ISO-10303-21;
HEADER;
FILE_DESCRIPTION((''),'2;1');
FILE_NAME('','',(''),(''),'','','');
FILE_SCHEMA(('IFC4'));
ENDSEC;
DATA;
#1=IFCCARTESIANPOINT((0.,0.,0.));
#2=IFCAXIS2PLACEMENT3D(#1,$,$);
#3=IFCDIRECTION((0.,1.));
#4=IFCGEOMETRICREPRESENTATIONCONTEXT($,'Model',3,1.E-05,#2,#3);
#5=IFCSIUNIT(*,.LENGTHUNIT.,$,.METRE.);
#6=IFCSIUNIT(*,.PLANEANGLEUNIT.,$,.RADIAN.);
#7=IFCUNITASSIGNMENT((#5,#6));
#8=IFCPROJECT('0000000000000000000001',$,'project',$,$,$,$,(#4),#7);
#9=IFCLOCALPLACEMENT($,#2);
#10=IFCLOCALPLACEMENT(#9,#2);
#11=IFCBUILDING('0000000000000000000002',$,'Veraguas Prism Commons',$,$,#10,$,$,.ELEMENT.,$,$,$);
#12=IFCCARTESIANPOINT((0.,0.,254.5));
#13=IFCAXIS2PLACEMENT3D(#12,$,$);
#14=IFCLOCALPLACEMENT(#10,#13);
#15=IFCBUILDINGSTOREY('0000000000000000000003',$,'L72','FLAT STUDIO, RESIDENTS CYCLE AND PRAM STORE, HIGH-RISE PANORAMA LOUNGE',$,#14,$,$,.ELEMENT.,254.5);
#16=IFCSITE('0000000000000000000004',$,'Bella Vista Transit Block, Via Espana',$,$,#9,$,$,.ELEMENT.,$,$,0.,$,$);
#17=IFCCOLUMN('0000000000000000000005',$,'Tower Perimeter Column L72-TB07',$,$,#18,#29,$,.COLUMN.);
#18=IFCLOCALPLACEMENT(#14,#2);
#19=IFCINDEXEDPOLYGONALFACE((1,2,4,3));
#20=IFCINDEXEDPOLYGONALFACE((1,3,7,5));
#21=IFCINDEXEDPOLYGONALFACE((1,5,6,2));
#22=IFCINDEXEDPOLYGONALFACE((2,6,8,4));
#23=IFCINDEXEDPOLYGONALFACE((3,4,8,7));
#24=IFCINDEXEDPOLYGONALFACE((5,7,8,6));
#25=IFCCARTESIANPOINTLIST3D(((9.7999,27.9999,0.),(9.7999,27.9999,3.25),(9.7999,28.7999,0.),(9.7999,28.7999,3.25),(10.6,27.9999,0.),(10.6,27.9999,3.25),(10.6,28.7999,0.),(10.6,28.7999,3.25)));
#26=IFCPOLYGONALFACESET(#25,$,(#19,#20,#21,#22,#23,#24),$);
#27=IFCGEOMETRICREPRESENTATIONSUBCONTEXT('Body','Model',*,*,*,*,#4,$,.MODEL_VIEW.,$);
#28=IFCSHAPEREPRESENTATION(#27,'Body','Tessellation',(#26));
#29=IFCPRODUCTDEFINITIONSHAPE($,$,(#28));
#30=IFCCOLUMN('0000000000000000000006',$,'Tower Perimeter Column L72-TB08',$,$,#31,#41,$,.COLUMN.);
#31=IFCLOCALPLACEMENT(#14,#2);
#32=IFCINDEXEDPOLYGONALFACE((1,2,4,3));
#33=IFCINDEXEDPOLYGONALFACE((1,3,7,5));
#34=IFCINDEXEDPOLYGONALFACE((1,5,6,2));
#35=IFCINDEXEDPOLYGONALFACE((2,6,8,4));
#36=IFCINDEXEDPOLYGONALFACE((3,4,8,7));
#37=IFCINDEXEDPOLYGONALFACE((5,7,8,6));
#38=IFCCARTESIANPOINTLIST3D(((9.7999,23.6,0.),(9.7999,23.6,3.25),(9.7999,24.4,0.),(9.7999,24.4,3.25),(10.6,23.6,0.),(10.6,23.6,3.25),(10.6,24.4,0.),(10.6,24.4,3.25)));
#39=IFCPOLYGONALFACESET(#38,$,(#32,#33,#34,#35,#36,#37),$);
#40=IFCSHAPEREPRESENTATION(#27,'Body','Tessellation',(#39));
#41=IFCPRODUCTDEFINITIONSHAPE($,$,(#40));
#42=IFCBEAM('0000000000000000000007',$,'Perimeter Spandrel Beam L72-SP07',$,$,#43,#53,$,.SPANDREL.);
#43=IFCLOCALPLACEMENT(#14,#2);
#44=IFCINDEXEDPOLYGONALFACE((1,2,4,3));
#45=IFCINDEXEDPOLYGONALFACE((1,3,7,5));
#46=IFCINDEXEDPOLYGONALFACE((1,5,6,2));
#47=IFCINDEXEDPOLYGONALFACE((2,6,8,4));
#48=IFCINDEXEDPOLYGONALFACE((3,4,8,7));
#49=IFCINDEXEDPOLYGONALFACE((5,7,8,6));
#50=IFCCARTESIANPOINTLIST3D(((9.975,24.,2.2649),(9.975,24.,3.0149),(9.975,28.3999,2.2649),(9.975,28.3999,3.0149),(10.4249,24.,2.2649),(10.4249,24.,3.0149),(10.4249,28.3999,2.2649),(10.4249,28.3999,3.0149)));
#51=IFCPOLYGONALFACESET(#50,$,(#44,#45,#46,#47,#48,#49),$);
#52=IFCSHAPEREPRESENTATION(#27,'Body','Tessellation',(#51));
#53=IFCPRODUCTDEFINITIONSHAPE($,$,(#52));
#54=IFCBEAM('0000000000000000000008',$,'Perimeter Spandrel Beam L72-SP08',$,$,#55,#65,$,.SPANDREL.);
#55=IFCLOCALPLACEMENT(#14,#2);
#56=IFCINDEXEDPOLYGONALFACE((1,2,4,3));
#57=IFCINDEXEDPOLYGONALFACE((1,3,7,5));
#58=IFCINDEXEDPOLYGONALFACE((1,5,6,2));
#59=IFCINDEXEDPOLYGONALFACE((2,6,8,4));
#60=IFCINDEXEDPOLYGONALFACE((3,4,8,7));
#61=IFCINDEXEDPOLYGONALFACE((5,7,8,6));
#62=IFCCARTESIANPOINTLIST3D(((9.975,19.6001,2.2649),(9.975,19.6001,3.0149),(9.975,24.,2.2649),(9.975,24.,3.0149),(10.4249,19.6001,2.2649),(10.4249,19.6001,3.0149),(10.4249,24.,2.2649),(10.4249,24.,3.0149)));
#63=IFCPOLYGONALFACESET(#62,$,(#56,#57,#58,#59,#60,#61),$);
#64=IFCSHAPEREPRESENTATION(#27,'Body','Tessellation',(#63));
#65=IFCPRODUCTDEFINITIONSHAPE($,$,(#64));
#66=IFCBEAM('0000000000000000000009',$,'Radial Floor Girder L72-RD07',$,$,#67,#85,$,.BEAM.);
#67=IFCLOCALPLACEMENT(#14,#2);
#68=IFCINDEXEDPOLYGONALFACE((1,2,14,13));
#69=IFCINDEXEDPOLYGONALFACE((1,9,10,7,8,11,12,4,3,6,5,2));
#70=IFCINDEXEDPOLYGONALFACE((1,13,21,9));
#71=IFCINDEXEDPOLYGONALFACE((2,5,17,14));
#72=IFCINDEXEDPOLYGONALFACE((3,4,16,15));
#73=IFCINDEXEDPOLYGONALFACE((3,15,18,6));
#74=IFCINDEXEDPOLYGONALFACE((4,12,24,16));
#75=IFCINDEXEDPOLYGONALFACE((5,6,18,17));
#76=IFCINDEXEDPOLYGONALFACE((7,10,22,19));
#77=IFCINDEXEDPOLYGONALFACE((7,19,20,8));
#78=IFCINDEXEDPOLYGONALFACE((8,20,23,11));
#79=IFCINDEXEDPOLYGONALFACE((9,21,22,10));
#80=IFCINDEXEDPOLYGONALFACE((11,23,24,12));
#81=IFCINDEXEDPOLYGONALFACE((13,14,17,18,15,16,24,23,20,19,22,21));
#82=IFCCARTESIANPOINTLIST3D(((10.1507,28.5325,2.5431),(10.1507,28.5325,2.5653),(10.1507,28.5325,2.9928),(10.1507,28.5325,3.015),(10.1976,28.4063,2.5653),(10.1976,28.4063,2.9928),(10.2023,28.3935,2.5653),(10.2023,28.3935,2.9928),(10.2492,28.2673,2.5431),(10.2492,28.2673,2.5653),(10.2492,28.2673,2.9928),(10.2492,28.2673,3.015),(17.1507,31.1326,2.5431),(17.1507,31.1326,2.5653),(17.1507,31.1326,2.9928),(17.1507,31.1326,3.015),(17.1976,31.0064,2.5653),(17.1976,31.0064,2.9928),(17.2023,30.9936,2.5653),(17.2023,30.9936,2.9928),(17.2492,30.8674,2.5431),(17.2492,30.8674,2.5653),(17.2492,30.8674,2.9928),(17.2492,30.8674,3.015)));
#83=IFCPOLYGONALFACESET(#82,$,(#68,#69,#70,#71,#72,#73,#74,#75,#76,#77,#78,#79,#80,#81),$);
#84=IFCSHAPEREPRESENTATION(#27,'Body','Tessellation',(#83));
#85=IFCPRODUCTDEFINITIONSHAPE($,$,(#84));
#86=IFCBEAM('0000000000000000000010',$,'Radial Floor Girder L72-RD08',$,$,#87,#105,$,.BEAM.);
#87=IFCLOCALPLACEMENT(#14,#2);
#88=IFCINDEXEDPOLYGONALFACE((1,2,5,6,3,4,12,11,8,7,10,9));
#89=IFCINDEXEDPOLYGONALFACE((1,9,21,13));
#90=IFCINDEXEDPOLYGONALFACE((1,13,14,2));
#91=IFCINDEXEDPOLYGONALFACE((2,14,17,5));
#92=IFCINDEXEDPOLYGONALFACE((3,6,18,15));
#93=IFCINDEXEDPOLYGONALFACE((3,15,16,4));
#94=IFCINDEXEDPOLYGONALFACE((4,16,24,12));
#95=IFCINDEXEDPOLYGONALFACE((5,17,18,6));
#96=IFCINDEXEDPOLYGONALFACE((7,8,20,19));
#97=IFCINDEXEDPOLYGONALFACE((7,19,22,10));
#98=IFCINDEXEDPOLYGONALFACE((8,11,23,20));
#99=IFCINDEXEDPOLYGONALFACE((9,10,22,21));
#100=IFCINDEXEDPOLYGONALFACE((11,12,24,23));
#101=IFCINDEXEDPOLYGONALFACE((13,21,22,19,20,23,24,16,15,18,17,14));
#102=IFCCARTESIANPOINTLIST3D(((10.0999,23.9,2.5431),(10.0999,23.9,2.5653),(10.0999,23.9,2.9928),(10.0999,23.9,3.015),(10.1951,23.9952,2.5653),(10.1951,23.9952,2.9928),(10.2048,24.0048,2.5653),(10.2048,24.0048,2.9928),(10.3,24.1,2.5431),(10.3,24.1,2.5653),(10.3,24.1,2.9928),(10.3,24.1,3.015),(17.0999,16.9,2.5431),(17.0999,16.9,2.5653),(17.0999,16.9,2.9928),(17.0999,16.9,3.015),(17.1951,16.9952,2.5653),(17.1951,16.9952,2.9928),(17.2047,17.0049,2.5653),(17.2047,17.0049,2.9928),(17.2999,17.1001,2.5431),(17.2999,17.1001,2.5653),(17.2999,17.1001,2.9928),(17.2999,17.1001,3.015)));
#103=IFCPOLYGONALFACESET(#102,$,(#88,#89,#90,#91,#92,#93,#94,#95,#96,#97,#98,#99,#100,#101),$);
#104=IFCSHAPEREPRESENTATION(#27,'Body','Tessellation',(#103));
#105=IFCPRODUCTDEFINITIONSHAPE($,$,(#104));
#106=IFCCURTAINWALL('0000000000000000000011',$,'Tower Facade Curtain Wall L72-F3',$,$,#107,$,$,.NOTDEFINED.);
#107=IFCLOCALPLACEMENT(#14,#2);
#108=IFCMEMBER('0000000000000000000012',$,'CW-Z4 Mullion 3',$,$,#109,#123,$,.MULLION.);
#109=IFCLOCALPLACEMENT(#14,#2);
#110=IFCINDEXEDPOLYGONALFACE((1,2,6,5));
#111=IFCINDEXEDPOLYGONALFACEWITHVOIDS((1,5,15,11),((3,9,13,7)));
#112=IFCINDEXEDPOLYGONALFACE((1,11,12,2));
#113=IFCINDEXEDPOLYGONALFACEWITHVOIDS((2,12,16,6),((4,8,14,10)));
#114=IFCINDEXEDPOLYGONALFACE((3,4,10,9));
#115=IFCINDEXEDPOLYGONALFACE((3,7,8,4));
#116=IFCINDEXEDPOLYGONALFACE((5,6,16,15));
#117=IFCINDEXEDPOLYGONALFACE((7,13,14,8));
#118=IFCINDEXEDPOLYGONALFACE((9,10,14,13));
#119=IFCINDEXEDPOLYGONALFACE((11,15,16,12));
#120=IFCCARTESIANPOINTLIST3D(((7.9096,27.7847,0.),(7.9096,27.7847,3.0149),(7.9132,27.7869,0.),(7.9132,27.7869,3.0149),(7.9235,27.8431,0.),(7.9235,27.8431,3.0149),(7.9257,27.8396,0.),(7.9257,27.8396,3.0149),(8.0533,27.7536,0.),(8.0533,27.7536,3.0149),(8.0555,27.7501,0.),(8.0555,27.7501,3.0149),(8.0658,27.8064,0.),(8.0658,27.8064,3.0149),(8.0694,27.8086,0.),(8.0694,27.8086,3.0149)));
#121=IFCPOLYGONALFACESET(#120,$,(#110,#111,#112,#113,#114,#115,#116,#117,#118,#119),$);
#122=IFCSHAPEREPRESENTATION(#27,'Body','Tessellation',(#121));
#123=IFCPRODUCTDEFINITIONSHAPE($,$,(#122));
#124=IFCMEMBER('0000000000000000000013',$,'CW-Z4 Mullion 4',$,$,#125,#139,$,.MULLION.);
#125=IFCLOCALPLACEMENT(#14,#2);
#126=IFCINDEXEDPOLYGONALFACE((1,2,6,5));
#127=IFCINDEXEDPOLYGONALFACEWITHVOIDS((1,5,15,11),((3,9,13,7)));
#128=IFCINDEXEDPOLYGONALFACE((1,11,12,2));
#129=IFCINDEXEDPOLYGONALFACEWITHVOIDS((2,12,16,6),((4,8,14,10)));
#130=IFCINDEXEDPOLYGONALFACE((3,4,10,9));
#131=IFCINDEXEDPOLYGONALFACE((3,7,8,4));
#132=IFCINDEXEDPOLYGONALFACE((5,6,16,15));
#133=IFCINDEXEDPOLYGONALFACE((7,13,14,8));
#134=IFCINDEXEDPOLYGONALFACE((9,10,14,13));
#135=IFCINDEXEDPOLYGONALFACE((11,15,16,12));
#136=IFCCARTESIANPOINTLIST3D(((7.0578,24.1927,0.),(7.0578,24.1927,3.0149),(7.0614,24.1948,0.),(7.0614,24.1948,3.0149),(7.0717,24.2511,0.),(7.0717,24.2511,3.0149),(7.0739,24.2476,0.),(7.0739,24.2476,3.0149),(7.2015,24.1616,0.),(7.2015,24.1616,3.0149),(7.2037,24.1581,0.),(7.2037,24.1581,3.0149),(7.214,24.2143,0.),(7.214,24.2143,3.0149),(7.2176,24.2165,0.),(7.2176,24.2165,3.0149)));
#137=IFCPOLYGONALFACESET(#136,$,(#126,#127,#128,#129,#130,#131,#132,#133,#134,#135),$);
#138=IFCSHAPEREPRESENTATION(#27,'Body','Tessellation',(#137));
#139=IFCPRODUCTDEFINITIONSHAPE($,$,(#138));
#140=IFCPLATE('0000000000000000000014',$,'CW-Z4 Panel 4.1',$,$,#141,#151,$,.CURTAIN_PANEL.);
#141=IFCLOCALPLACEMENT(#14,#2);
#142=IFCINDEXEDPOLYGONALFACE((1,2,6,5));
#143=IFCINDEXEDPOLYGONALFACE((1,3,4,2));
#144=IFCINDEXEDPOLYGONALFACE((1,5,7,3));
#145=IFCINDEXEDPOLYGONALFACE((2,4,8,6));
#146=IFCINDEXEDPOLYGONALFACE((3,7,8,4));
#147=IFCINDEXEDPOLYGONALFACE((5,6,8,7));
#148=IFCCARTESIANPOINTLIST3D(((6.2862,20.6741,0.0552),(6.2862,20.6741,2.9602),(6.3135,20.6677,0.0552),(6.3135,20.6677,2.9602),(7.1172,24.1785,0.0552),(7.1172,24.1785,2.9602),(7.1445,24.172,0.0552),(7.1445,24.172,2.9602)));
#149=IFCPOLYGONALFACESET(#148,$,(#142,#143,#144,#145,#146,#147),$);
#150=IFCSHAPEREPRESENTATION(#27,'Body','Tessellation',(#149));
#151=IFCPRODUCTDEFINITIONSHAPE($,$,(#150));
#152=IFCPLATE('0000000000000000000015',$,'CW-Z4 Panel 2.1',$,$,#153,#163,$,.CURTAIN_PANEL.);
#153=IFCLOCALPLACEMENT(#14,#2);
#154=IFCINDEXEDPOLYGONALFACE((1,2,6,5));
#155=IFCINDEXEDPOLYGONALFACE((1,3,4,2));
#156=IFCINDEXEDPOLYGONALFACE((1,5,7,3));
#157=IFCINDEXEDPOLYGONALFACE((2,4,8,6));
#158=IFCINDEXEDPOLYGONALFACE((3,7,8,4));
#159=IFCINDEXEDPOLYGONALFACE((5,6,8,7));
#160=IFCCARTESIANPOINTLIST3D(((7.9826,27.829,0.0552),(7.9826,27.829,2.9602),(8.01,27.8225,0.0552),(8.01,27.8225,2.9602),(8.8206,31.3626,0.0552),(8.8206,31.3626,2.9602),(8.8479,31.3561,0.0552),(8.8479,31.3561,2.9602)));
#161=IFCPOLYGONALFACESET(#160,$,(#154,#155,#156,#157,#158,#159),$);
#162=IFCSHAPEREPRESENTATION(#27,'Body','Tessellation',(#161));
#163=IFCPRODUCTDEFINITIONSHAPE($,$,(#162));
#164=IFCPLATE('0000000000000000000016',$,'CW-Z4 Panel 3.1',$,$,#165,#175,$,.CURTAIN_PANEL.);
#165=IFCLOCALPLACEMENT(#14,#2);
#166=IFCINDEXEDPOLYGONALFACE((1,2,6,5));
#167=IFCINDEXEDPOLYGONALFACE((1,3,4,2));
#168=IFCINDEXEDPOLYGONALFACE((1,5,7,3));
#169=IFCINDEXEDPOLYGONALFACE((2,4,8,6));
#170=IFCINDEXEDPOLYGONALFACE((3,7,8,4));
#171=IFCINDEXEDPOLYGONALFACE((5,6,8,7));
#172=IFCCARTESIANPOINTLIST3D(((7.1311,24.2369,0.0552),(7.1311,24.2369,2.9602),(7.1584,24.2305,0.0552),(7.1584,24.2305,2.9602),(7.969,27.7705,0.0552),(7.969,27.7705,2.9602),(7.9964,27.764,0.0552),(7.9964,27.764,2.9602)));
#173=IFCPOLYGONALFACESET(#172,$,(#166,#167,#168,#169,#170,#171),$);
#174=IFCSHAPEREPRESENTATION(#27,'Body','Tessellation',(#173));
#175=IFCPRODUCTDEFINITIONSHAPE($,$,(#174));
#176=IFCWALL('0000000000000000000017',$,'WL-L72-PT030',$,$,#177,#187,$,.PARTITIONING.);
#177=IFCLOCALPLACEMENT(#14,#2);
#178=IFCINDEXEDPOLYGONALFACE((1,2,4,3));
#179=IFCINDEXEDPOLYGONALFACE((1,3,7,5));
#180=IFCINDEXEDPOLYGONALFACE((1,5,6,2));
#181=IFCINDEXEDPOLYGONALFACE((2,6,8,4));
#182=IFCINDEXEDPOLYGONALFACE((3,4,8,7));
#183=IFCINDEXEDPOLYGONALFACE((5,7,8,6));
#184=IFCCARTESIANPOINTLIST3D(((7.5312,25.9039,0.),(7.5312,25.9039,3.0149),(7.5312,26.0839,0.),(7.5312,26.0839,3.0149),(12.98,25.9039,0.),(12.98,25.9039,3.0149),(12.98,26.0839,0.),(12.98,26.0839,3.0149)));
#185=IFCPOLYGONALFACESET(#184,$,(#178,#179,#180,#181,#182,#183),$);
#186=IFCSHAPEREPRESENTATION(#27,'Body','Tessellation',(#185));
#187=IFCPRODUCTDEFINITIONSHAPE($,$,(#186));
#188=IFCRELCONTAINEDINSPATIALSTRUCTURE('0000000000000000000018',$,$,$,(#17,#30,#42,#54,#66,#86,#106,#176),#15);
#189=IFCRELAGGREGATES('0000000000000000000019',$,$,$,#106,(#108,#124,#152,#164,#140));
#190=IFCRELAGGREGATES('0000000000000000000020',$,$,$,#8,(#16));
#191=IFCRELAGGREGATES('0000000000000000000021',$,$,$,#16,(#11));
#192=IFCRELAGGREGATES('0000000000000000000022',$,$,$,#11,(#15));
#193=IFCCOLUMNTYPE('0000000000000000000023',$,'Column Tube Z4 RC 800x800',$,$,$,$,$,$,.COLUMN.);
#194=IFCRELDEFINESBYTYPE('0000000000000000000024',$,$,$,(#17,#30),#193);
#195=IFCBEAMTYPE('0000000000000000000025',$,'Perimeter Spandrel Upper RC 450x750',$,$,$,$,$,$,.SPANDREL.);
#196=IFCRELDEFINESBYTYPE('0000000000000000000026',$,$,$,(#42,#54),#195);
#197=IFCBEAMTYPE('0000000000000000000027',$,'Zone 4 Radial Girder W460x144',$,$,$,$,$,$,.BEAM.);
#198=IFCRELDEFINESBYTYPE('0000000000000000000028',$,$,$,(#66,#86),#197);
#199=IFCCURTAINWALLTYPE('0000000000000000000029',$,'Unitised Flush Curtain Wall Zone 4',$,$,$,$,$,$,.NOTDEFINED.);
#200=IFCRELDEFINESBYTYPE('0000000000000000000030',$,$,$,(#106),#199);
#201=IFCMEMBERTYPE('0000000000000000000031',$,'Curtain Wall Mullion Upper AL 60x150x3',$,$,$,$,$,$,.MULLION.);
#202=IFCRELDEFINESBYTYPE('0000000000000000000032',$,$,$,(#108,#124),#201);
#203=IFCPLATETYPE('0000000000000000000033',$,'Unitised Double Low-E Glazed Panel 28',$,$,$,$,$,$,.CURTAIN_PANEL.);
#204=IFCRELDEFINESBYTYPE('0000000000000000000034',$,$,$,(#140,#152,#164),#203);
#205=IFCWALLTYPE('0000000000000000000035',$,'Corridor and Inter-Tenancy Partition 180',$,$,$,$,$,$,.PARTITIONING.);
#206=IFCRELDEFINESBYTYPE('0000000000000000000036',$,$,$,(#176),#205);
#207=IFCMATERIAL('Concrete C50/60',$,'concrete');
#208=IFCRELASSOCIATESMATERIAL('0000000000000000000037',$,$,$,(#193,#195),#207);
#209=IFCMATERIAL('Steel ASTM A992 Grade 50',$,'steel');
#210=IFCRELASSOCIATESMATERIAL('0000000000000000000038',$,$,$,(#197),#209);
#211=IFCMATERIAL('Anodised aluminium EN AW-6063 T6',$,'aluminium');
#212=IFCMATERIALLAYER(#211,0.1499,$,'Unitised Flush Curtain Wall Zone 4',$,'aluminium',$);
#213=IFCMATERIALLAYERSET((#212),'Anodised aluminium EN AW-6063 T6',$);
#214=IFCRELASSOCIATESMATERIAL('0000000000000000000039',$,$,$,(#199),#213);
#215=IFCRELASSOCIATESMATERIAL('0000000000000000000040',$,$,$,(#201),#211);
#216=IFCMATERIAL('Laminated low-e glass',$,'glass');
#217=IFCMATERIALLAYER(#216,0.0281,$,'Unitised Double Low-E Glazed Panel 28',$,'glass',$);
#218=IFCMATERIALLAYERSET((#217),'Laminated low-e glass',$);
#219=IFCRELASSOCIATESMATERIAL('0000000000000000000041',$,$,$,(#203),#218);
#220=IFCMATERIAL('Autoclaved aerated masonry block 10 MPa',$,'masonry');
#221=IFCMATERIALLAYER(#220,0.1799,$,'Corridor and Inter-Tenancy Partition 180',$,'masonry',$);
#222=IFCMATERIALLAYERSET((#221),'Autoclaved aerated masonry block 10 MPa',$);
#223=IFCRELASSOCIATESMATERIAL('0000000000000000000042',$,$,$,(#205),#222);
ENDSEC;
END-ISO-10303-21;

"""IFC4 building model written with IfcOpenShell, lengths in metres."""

from ifc_helpers import new_model, si_unit, direction, frame, frame_2d, origin, origin_2d, place, context, subcontext, project, spatial, rectangle, hollow_rectangle, i_section, extrude, source, transform, mapped, material, layer, layer_set, material_profile, profile_set, type_object, element, aggregate, save


model = new_model("IFC4")

# Units and contexts
model_context = context("Model", 3, precision=1e-05, world=origin(), true_north=direction((0.0, 1.0)))
body_context = subcontext(model_context, "Body", "Model", "MODEL_VIEW")
ifc_project = project(units=[si_unit("LENGTHUNIT", "METRE"), si_unit("PLANEANGLEUNIT", "RADIAN")], contexts=[model_context])

# Site, building, storey
site_placement = place(None, origin())
site = spatial("IfcSite", under=ifc_project, at=site_placement, Name="Bella Vista Transit Block, Via Espana", CompositionType="ELEMENT", RefElevation=0.0)
building_placement = place(site_placement, origin())
building = spatial("IfcBuilding", under=site, at=building_placement, Name="Veraguas Prism Commons", CompositionType="ELEMENT")
storey_placement = place(building_placement, frame((0.0, 0.0, 254.5)))
storey = spatial("IfcBuildingStorey", under=building, at=storey_placement, Name="L72", Description="FLAT STUDIO, RESIDENTS CYCLE AND PRAM STORE, HIGH-RISE PANORAMA LOUNGE", CompositionType="ELEMENT", Elevation=254.5)

# Columns
ifc_material_1 = material(Name="Concrete C50/60", Category="concrete")
ifc_material_profile_1 = material_profile(ifc_material_1, rectangle(XDim=0.8, YDim=0.8, at=origin_2d()), Name="RC800X800")
ifc_profile_set_1 = profile_set([ifc_material_profile_1], Name="Concrete C50/60")
column_type = type_object("IfcColumnType", Name="Column Tube Z4 RC 800x800", PredefinedType="COLUMN", material=ifc_profile_set_1)
for number, where, z_axis, x_axis, name in (
    (1, (10.2, 28.3999, 0.0), (0.0, 0.0, 1.0), (1.0, 0.0, 0.0), "Tower Perimeter Column L72-TB07"),
    (2, (10.2, 24.0, 0.0), (0.0, 0.0, 1.0), (1.0, 0.0, 0.0), "Tower Perimeter Column L72-TB08"),
):
    element("IfcColumn", number, at=place(storey_placement, frame(where, z_axis=z_axis, x_axis=x_axis)), inside=storey, type_object=column_type, Name=name, PredefinedType="COLUMN", context=body_context, shape_type="SweptSolid", body=[
        extrude(rectangle(XDim=0.8, YDim=0.8, at=origin_2d()), origin(), (0.0, 0.0, 1.0), 3.25),
    ])

# Beams
ifc_material_profile_2 = material_profile(ifc_material_1, rectangle(XDim=0.45, YDim=0.75, at=origin_2d()), Name="RC450X750")
ifc_profile_set_2 = profile_set([ifc_material_profile_2], Name="Concrete C50/60")
beam_type_1 = type_object("IfcBeamType", Name="Perimeter Spandrel Upper RC 450x750", PredefinedType="SPANDREL", material=ifc_profile_set_2)
for number, where, z_axis, x_axis, name in (
    (3, (10.2, 28.3999, 2.6399), (0.0, -1.0, 0.0), (1.0, 0.0, 0.0), "Perimeter Spandrel Beam L72-SP07"),
    (4, (10.2, 24.0, 2.6399), (0.0, -1.0, 0.0), (1.0, 0.0, 0.0), "Perimeter Spandrel Beam L72-SP08"),
):
    element("IfcBeam", number, at=place(storey_placement, frame(where, z_axis=z_axis, x_axis=x_axis)), inside=storey, type_object=beam_type_1, Name=name, PredefinedType="SPANDREL", context=body_context, shape_type="SweptSolid", body=[
        extrude(rectangle(XDim=0.45, YDim=0.75, at=origin_2d()), origin(), (0.0, 0.0, 1.0), 4.3999),
    ])
ifc_material_2 = material(Name="Steel ASTM A992 Grade 50", Category="steel")
ifc_material_profile_3 = material_profile(ifc_material_2, i_section(OverallWidth=0.283, OverallDepth=0.4719, WebThickness=0.0137, FlangeThickness=0.0222, at=origin_2d()), Name="W460X144")
ifc_profile_set_3 = profile_set([ifc_material_profile_3], Name="Steel ASTM A992 Grade 50")
beam_type_2 = type_object("IfcBeamType", Name="Zone 4 Radial Girder W460x144", PredefinedType="BEAM", material=ifc_profile_set_3)
beam_1_placement = place(storey_placement, frame((10.2, 28.3999, 2.7791), z_axis=(0.937421, 0.348198, 0.0), x_axis=(-0.348198, 0.937421, 0.0)))
element("IfcBeam", 5, at=beam_1_placement, inside=storey, type_object=beam_type_2, Name="Radial Floor Girder L72-RD07", PredefinedType="BEAM", context=body_context, shape_type="SweptSolid", body=[
    extrude(i_section(OverallWidth=0.283, OverallDepth=0.4719, WebThickness=0.0137, FlangeThickness=0.0222, at=origin_2d()), origin(), (0.0, 0.0, 1.0), 7.4673),
])
beam_2_placement = place(storey_placement, frame((10.2, 24.0, 2.7791), z_axis=(0.707107, -0.707107, 0.0), x_axis=(0.707107, 0.707107, 0.0)))
element("IfcBeam", 6, at=beam_2_placement, inside=storey, type_object=beam_type_2, Name="Radial Floor Girder L72-RD08", PredefinedType="BEAM", context=body_context, shape_type="SweptSolid", body=[
    extrude(i_section(OverallWidth=0.283, OverallDepth=0.4719, WebThickness=0.0137, FlangeThickness=0.0222, at=origin_2d()), origin(), (0.0, 0.0, 1.0), 9.8994),
])

# Curtain wall, members, plates
ifc_material_3 = material(Name="Anodised aluminium EN AW-6063 T6", Category="aluminium")
ifc_layer_1 = layer(ifc_material_3, 0.1499, Name="Unitised Flush Curtain Wall Zone 4", Category="aluminium")
ifc_layer_set_1 = layer_set([ifc_layer_1], Name="Anodised aluminium EN AW-6063 T6")
curtain_wall_type = type_object("IfcCurtainWallType", Name="Unitised Flush Curtain Wall Zone 4", PredefinedType="NOTDEFINED", material=ifc_layer_set_1)
curtain_wall_placement = place(storey_placement, origin())
curtain_wall = element("IfcCurtainWall", 7, at=curtain_wall_placement, inside=storey, type_object=curtain_wall_type, Name="Tower Facade Curtain Wall L72-F3", PredefinedType="NOTDEFINED")
ifc_material_profile_4 = material_profile(ifc_material_3, hollow_rectangle(XDim=0.0601, YDim=0.1499, WallThickness=0.0029, at=origin_2d()), Name="AL60X150X3")
ifc_profile_set_4 = profile_set([ifc_material_profile_4], Name="Anodised aluminium EN AW-6063 T6")
member_type = type_object("IfcMemberType", Name="Curtain Wall Mullion Upper AL 60x150x3", PredefinedType="MULLION", material=ifc_profile_set_4)
shared_shape_1 = source(origin(), body_context, "Body", "SweptSolid", [
    extrude(hollow_rectangle(XDim=0.0601, YDim=0.1499, WallThickness=0.0029, at=origin_2d()), origin(), (0.0, 0.0, 1.0), 3.0149),
])
member_1_placement = place(storey_placement, frame((7.9895, 27.7966, 0.0), z_axis=(0.0, 0.0, 1.0), x_axis=(-0.230741, -0.973015, 0.0)))
member_1 = element("IfcMember", 8, at=member_1_placement, type_object=member_type, Name="CW-Z4 Mullion 3", PredefinedType="MULLION", context=body_context, shape_type="MappedRepresentation", body=[
    mapped(shared_shape_1, transform((0.0, 0.0, 0.0), scale=1.0)),
])
member_2_placement = place(storey_placement, frame((7.1377, 24.2046, 0.0), z_axis=(0.0, 0.0, 1.0), x_axis=(-0.230741, -0.973015, 0.0)))
member_2 = element("IfcMember", 9, at=member_2_placement, type_object=member_type, Name="CW-Z4 Mullion 4", PredefinedType="MULLION", context=body_context, shape_type="MappedRepresentation", body=[
    mapped(shared_shape_1, transform((0.0, 0.0, 0.0), scale=1.0)),
])
ifc_material_4 = material(Name="Laminated low-e glass", Category="glass")
ifc_layer_2 = layer(ifc_material_4, 0.0281, Name="Unitised Double Low-E Glazed Panel 28", Category="glass")
ifc_layer_set_2 = layer_set([ifc_layer_2], Name="Laminated low-e glass")
plate_type = type_object("IfcPlateType", Name="Unitised Double Low-E Glazed Panel 28", PredefinedType="CURTAIN_PANEL", material=ifc_layer_set_2)
shared_shape_2 = source(origin(), body_context, "Body", "SweptSolid", [
    extrude(rectangle(XDim=3.6016, YDim=0.0281, at=origin_2d()), origin(), (0.0, 0.0, 1.0), 2.905),
])
plate_1_placement = place(storey_placement, frame((6.7153, 22.4231, 0.0552), z_axis=(0.0, 0.0, 1.0), x_axis=(-0.230741, -0.973015, 0.0)))
plate_1 = element("IfcPlate", 10, at=plate_1_placement, type_object=plate_type, Name="CW-Z4 Panel 4.1", PredefinedType="CURTAIN_PANEL", context=body_context, shape_type="MappedRepresentation", body=[
    mapped(shared_shape_2, transform((0.0, 0.0, 0.0), scale=1.0)),
])
shared_shape_3 = source(origin(), body_context, "Body", "SweptSolid", [
    extrude(rectangle(XDim=3.6316, YDim=0.0281, at=origin_2d()), origin(), (0.0, 0.0, 1.0), 2.905),
])
plate_2_placement = place(storey_placement, frame((8.4153, 29.5925, 0.0552), z_axis=(0.0, 0.0, 1.0), x_axis=(-0.230741, -0.973015, 0.0)))
plate_2 = element("IfcPlate", 11, at=plate_2_placement, type_object=plate_type, Name="CW-Z4 Panel 2.1", PredefinedType="CURTAIN_PANEL", context=body_context, shape_type="MappedRepresentation", body=[
    mapped(shared_shape_3, transform((0.0, 0.0, 0.0), scale=1.0)),
])
plate_3_placement = place(storey_placement, frame((7.5637, 26.0005, 0.0552), z_axis=(0.0, 0.0, 1.0), x_axis=(-0.230741, -0.973015, 0.0)))
plate_3 = element("IfcPlate", 12, at=plate_3_placement, type_object=plate_type, Name="CW-Z4 Panel 3.1", PredefinedType="CURTAIN_PANEL", context=body_context, shape_type="MappedRepresentation", body=[
    mapped(shared_shape_3, transform((0.0, 0.0, 0.0), scale=1.0)),
])
aggregate(curtain_wall, [member_1, member_2, plate_2, plate_3, plate_1])

# Wall
ifc_material_5 = material(Name="Autoclaved aerated masonry block 10 MPa", Category="masonry")
ifc_layer_3 = layer(ifc_material_5, 0.1799, Name="Corridor and Inter-Tenancy Partition 180", Category="masonry")
ifc_layer_set_3 = layer_set([ifc_layer_3], Name="Autoclaved aerated masonry block 10 MPa")
wall_type = type_object("IfcWallType", Name="Corridor and Inter-Tenancy Partition 180", PredefinedType="PARTITIONING", material=ifc_layer_set_3)
wall_1_placement = place(storey_placement, frame((12.98, 25.9939, 0.0), z_axis=(0.0, 0.0, 1.0), x_axis=(-1.0, 0.0, 0.0)))
element("IfcWall", 13, at=wall_1_placement, inside=storey, type_object=wall_type, Name="WL-L72-PT030", PredefinedType="PARTITIONING", context=body_context, shape_type="SweptSolid", body=[
    extrude(rectangle(XDim=5.4487, YDim=0.1799, at=frame_2d((2.7244, 0.0))), origin(), (0.0, 0.0, 1.0), 3.0149),
])

save(model, "model.ifc")
